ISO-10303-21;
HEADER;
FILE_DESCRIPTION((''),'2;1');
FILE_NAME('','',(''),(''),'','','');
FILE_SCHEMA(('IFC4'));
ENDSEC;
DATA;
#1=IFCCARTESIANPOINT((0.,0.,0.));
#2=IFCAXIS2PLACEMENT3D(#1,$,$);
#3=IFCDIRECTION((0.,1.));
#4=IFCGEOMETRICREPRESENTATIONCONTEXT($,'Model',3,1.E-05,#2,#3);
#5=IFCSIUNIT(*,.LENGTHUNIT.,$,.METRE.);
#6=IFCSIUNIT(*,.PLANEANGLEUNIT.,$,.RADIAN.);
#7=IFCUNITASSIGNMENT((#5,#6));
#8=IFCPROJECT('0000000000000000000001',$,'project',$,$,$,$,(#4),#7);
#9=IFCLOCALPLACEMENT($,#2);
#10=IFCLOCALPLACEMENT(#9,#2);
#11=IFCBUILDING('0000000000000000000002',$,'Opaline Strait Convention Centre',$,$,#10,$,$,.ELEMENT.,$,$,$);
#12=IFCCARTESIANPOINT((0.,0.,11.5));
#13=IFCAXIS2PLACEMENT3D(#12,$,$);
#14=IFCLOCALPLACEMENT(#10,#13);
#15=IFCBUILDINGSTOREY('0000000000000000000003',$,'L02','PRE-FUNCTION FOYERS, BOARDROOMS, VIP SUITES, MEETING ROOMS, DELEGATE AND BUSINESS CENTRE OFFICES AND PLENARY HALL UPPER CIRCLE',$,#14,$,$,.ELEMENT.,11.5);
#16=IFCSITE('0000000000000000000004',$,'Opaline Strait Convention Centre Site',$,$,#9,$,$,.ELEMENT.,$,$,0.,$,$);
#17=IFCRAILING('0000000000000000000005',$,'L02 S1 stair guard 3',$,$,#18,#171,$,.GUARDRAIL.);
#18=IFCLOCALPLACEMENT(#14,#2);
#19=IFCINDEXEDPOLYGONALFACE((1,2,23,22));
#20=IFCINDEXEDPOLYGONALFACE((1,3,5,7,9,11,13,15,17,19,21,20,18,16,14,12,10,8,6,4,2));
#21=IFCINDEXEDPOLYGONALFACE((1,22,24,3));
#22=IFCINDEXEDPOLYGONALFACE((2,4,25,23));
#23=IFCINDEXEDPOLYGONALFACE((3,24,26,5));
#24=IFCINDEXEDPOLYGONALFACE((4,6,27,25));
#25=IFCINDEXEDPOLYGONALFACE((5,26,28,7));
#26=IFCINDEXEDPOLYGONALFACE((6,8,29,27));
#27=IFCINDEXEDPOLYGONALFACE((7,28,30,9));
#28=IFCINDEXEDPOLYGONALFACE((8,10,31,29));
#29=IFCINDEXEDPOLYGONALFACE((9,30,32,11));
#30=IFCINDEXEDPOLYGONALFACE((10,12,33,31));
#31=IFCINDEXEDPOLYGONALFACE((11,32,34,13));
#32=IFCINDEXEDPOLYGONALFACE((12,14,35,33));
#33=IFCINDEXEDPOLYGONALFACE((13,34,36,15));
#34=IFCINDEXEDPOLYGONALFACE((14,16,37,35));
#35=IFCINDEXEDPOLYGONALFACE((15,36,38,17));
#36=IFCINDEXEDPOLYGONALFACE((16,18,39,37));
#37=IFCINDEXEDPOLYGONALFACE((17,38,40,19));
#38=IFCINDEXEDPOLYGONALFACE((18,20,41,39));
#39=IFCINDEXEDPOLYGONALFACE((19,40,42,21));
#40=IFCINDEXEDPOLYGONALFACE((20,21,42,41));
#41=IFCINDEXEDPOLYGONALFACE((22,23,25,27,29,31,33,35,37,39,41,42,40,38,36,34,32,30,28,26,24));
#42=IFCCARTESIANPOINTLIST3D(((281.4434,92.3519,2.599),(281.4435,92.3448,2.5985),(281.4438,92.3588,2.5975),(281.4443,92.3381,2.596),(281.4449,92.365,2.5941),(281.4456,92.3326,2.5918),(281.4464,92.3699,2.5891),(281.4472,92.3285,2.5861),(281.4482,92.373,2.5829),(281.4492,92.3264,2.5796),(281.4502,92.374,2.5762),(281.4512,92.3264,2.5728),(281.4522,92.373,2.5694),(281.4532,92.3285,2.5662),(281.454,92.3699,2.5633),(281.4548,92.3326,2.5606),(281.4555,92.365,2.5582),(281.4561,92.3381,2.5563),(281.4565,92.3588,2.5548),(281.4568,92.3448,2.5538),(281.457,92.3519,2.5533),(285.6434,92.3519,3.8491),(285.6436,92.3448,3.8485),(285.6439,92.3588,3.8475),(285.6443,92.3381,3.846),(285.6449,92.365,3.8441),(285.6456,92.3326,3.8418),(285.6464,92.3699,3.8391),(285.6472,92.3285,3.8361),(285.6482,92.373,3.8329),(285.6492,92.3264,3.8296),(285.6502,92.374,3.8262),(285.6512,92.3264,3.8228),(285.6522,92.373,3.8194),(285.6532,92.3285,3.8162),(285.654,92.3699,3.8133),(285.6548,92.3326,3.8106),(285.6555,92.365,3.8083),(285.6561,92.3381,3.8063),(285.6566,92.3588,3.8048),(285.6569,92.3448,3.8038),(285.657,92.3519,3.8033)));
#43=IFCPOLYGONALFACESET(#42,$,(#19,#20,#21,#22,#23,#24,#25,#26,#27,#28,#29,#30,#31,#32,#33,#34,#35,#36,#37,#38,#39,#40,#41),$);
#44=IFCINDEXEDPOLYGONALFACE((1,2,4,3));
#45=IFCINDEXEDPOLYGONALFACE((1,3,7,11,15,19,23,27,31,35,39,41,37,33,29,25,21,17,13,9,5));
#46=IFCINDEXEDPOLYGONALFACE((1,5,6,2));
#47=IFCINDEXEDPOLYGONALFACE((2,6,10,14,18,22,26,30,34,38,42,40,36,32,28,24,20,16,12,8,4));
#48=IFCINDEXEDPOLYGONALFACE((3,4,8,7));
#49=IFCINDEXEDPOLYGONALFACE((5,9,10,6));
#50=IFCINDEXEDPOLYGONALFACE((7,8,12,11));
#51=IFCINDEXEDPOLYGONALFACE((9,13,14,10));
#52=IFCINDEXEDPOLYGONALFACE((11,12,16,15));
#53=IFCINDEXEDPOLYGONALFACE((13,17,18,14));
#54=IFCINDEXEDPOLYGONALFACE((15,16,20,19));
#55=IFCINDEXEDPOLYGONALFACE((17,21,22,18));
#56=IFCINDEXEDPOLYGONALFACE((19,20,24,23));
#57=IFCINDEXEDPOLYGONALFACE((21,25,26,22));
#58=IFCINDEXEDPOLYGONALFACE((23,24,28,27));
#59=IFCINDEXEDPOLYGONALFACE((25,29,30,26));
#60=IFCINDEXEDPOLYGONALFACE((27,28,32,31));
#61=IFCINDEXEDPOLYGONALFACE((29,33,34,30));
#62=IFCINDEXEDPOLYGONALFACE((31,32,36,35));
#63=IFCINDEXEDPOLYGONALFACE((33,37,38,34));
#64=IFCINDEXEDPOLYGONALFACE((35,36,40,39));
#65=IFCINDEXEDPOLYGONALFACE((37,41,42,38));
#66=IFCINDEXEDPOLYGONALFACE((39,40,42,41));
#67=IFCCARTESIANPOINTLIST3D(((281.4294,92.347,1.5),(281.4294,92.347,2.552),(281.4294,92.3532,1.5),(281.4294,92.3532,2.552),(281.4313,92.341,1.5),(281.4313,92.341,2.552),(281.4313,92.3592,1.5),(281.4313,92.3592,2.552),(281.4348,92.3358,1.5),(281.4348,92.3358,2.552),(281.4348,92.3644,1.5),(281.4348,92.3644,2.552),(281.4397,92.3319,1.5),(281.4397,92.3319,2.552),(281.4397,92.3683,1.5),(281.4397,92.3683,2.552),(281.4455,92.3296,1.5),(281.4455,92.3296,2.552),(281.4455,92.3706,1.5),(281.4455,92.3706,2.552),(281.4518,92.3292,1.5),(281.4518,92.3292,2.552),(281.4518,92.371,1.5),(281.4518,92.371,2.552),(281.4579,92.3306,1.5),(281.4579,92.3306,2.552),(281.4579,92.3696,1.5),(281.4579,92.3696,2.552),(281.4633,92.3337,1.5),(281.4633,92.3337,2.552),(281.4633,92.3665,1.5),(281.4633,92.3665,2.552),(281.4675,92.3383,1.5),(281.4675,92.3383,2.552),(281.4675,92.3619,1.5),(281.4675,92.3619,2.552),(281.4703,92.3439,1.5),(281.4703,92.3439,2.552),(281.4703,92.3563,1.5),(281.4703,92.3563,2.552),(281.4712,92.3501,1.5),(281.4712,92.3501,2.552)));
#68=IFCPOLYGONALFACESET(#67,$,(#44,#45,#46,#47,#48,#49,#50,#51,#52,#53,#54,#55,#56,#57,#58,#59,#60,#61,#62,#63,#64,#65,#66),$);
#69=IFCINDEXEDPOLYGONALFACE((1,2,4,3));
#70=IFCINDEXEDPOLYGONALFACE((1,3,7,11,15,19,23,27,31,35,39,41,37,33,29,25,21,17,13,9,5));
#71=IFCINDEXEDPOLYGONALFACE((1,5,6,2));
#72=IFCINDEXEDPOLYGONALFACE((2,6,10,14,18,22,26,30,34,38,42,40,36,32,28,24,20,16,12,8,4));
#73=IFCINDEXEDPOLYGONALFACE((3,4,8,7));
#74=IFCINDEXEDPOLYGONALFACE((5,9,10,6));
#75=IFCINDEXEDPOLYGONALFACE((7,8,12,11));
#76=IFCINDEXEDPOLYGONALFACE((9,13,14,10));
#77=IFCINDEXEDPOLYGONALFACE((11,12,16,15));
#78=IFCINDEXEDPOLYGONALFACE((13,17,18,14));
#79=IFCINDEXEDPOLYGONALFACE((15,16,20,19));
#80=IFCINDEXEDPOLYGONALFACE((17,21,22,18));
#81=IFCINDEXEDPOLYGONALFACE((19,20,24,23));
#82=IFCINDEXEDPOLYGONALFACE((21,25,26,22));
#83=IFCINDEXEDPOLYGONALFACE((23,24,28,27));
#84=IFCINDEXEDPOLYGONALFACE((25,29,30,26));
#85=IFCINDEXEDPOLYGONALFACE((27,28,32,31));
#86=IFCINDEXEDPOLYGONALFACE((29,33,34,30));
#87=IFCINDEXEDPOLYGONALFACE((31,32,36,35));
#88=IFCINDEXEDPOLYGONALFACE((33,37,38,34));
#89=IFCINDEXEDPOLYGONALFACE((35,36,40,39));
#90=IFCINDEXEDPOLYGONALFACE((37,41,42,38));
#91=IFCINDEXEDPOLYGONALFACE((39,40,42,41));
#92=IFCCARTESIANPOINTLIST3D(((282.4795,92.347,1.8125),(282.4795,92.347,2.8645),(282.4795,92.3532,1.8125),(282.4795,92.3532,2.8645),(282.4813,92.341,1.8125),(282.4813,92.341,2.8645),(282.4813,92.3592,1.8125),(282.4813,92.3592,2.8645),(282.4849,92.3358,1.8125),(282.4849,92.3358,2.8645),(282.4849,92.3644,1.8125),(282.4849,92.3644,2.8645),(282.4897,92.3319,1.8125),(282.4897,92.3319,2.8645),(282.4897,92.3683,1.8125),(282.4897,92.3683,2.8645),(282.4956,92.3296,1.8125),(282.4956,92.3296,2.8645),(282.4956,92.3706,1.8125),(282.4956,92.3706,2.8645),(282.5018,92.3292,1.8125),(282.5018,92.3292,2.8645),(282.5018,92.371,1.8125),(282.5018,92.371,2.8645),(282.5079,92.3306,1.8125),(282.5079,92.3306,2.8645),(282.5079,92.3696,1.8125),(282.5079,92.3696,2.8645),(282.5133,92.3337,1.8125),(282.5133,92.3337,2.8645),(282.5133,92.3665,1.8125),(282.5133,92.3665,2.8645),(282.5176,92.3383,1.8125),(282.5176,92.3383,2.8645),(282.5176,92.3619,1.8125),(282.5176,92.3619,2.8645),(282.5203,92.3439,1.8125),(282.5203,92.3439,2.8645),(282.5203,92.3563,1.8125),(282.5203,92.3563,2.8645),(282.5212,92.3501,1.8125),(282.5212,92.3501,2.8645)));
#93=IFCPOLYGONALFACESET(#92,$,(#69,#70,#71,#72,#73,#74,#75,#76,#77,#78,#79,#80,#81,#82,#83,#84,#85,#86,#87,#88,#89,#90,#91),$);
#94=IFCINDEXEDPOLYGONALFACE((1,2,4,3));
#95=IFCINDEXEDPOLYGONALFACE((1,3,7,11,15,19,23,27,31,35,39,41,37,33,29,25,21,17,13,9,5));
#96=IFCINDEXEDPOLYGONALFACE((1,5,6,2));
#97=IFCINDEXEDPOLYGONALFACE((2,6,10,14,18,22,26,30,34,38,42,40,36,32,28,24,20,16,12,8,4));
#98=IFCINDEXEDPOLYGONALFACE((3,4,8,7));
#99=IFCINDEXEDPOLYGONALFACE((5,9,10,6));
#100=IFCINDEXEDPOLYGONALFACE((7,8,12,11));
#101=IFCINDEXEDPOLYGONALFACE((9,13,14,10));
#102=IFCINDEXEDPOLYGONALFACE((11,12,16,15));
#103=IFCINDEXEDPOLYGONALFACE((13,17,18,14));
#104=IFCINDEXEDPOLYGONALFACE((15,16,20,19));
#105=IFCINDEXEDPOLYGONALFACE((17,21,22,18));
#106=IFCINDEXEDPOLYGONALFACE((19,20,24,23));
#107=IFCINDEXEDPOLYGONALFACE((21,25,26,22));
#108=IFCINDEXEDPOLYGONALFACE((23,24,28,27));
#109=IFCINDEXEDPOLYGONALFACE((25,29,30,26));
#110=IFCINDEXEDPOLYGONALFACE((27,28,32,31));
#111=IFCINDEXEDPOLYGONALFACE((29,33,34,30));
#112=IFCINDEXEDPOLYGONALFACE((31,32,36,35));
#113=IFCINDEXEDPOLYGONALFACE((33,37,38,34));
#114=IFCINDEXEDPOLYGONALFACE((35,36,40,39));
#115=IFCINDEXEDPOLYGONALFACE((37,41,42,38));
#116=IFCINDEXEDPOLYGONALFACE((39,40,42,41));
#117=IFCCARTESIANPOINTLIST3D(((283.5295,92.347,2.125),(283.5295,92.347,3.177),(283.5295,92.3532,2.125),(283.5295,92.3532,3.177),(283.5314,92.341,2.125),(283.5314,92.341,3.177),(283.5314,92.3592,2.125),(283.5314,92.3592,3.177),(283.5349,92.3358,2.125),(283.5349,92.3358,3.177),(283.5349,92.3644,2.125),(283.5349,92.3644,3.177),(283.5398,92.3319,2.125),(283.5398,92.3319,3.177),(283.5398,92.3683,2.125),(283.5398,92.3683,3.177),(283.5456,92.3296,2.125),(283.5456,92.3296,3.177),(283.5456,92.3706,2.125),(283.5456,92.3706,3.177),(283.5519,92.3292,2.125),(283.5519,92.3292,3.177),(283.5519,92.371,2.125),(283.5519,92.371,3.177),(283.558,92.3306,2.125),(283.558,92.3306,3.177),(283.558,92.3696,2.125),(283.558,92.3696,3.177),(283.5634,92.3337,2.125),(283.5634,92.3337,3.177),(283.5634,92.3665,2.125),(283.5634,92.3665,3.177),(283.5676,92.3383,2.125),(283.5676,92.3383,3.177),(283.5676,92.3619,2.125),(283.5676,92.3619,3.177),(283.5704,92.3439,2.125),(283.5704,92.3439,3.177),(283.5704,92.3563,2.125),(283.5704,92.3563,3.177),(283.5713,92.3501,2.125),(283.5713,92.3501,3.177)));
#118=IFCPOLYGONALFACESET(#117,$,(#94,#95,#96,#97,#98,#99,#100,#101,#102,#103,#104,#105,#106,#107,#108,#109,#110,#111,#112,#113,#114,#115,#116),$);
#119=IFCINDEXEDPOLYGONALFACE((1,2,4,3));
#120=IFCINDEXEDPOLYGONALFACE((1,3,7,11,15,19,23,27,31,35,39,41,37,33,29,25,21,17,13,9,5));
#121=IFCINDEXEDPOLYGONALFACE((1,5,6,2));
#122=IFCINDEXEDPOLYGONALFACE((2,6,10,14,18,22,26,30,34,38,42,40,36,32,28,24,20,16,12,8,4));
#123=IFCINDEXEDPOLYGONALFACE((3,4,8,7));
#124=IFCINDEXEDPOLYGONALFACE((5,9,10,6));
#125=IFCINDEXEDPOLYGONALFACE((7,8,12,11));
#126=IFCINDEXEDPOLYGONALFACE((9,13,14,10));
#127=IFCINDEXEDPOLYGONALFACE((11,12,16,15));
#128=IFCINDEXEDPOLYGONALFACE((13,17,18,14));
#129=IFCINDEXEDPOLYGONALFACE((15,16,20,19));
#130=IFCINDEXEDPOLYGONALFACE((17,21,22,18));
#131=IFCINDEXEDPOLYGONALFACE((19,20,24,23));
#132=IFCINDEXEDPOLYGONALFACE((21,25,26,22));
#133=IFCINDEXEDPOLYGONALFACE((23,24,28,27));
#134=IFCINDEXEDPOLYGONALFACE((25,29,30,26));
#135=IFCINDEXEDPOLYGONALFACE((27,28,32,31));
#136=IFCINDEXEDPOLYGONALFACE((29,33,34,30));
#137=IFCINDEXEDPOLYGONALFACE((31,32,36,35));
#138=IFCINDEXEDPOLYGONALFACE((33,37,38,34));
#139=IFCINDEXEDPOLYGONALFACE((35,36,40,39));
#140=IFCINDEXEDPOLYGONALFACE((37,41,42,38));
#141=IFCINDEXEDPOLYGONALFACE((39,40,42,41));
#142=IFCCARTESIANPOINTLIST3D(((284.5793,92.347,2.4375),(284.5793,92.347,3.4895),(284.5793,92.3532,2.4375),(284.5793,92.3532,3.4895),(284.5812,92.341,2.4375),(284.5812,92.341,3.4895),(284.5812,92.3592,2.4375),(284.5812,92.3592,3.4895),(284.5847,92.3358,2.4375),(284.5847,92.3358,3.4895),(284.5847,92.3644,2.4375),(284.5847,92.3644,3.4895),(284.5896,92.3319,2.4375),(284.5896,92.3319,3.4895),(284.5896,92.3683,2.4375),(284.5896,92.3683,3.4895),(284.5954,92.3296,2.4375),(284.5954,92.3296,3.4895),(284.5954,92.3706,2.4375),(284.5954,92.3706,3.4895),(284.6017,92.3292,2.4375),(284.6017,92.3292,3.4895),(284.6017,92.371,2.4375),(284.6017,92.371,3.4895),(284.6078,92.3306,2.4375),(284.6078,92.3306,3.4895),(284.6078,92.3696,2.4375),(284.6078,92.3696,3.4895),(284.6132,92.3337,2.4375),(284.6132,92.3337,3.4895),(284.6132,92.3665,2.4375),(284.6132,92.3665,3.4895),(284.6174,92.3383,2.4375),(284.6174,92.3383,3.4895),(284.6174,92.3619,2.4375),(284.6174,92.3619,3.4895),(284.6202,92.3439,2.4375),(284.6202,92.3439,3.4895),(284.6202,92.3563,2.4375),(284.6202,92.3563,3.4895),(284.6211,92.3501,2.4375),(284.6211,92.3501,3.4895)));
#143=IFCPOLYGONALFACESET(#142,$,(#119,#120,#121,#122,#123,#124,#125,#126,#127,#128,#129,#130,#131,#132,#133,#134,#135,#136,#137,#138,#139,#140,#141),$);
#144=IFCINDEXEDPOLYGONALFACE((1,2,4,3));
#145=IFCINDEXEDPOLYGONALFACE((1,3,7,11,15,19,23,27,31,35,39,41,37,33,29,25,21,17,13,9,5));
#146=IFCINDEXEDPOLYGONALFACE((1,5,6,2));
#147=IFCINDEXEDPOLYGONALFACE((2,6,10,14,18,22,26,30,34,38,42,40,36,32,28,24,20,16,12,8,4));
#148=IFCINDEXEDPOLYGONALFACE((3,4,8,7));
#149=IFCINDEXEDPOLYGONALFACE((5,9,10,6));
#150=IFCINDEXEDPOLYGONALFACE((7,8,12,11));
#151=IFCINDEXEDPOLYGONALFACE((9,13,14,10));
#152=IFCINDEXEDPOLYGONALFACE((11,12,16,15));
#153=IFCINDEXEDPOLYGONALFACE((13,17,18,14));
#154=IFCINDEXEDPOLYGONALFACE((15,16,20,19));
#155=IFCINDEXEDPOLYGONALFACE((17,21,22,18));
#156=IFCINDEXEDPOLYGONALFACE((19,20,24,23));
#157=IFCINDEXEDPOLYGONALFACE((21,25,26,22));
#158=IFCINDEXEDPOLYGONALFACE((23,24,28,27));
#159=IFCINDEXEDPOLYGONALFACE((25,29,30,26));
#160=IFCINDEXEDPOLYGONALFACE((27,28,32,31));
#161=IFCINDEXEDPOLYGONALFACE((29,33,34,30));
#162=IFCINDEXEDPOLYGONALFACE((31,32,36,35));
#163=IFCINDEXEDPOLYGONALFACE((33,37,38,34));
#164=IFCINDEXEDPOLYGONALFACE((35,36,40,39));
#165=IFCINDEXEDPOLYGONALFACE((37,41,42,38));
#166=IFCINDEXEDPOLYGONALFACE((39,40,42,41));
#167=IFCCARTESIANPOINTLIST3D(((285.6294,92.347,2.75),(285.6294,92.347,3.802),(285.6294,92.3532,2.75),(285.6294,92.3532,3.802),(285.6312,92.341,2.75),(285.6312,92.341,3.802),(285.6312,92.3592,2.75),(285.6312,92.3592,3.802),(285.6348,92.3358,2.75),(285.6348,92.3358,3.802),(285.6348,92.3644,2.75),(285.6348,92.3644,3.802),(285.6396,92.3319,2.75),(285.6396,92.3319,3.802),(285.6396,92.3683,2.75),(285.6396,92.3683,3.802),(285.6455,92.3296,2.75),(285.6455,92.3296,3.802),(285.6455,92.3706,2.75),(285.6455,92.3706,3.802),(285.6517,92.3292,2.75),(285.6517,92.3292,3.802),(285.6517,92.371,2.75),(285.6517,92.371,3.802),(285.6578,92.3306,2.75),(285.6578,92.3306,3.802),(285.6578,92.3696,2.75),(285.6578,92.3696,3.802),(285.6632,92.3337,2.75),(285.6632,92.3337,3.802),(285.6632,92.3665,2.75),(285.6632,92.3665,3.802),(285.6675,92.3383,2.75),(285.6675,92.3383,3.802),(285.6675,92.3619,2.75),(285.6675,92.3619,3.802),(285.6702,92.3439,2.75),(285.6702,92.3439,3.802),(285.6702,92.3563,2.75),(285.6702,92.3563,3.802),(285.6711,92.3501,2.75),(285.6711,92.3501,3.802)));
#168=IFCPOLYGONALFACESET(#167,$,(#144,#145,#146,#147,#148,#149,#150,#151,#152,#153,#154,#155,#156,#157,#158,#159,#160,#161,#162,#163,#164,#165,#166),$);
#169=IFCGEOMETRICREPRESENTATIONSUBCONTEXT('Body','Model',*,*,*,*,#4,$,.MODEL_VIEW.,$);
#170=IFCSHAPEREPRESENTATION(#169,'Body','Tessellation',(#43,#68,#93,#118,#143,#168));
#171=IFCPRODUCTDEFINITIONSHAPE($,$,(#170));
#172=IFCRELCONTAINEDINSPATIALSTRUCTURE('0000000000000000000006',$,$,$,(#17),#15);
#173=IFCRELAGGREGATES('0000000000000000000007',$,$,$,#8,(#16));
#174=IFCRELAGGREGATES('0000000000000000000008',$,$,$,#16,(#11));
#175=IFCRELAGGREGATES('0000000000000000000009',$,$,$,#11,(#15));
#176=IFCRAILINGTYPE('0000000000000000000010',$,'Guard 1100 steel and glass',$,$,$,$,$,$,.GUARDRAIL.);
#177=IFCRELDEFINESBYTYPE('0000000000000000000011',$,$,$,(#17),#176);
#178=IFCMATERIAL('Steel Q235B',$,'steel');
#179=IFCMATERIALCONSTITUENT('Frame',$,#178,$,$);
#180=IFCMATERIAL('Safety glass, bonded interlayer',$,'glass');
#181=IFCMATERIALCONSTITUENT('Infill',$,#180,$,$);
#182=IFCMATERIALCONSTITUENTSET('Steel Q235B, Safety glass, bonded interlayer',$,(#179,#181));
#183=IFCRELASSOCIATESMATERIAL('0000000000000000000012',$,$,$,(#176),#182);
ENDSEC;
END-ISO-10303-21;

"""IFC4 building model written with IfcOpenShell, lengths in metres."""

from ifc_helpers import new_model, si_unit, direction, frame, origin, origin_2d, place, context, subcontext, project, spatial, circle, extrude, material, constituent, constituent_set, type_object, element, save


model = new_model("IFC4")

# Units and contexts
model_context = context("Model", 3, precision=1e-05, world=origin(), true_north=direction((0.0, 1.0)))
body_context = subcontext(model_context, "Body", "Model", "MODEL_VIEW")
ifc_project = project(units=[si_unit("LENGTHUNIT", "METRE"), si_unit("PLANEANGLEUNIT", "RADIAN")], contexts=[model_context])

# Site, building, storey
site_placement = place(None, origin())
site = spatial("IfcSite", under=ifc_project, at=site_placement, Name="Opaline Strait Convention Centre Site", CompositionType="ELEMENT", RefElevation=0.0)
building_placement = place(site_placement, origin())
building = spatial("IfcBuilding", under=site, at=building_placement, Name="Opaline Strait Convention Centre", CompositionType="ELEMENT")
storey_placement = place(building_placement, frame((0.0, 0.0, 11.5)))
storey = spatial("IfcBuildingStorey", under=building, at=storey_placement, Name="L02", Description="PRE-FUNCTION FOYERS, BOARDROOMS, VIP SUITES, MEETING ROOMS, DELEGATE AND BUSINESS CENTRE OFFICES AND PLENARY HALL UPPER CIRCLE", CompositionType="ELEMENT", Elevation=11.5)

# Shared definitions
ifc_material_1 = material(Name="Steel Q235B", Category="steel")

# Railing
ifc_constituent_1 = constituent(ifc_material_1, Name="Frame")
ifc_material_2 = material(Name="Safety glass, bonded interlayer", Category="glass")
ifc_constituent_2 = constituent(ifc_material_2, Name="Infill")
ifc_constituent_set = constituent_set(constituents=[ifc_constituent_1, ifc_constituent_2], Name="Steel Q235B, Safety glass, bonded interlayer")
railing_type_1 = type_object("IfcRailingType", Name="Guard 1100 steel and glass", PredefinedType="GUARDRAIL", material=ifc_constituent_set)
for number, where, name in (
    (1, (281.4502, 92.3501, 1.5), "L02 S1 stair guard 3"),
):
    element("IfcRailing", number, at=place(storey_placement, frame(where)), inside=storey, type_object=railing_type_1, Name=name, PredefinedType="GUARDRAIL", context=body_context, shape_type="SweptSolid", body=[
        extrude(circle(Radius=0.0239, at=origin_2d()), frame((0.0, 0.0, 1.0762), z_axis=(0.958451, 0.0, 0.285257), x_axis=(0.0, 1.0, 0.0)), (0.0, 0.0, 1.0), 4.3821),
        extrude(circle(Radius=0.021, at=origin_2d()), origin(), (0.0, 0.0, 1.0), 1.052),
        extrude(circle(Radius=0.021, at=origin_2d()), frame((1.05, 0.0, 0.3125)), (0.0, 0.0, 1.0), 1.052),
        extrude(circle(Radius=0.021, at=origin_2d()), frame((2.1001, 0.0, 0.625)), (0.0, 0.0, 1.0), 1.052),
        extrude(circle(Radius=0.021, at=origin_2d()), frame((3.1499, 0.0, 0.9375)), (0.0, 0.0, 1.0), 1.052),
        extrude(circle(Radius=0.021, at=origin_2d()), frame((4.2, 0.0, 1.25)), (0.0, 0.0, 1.0), 1.052),
    ])

save(model, "model.ifc")
